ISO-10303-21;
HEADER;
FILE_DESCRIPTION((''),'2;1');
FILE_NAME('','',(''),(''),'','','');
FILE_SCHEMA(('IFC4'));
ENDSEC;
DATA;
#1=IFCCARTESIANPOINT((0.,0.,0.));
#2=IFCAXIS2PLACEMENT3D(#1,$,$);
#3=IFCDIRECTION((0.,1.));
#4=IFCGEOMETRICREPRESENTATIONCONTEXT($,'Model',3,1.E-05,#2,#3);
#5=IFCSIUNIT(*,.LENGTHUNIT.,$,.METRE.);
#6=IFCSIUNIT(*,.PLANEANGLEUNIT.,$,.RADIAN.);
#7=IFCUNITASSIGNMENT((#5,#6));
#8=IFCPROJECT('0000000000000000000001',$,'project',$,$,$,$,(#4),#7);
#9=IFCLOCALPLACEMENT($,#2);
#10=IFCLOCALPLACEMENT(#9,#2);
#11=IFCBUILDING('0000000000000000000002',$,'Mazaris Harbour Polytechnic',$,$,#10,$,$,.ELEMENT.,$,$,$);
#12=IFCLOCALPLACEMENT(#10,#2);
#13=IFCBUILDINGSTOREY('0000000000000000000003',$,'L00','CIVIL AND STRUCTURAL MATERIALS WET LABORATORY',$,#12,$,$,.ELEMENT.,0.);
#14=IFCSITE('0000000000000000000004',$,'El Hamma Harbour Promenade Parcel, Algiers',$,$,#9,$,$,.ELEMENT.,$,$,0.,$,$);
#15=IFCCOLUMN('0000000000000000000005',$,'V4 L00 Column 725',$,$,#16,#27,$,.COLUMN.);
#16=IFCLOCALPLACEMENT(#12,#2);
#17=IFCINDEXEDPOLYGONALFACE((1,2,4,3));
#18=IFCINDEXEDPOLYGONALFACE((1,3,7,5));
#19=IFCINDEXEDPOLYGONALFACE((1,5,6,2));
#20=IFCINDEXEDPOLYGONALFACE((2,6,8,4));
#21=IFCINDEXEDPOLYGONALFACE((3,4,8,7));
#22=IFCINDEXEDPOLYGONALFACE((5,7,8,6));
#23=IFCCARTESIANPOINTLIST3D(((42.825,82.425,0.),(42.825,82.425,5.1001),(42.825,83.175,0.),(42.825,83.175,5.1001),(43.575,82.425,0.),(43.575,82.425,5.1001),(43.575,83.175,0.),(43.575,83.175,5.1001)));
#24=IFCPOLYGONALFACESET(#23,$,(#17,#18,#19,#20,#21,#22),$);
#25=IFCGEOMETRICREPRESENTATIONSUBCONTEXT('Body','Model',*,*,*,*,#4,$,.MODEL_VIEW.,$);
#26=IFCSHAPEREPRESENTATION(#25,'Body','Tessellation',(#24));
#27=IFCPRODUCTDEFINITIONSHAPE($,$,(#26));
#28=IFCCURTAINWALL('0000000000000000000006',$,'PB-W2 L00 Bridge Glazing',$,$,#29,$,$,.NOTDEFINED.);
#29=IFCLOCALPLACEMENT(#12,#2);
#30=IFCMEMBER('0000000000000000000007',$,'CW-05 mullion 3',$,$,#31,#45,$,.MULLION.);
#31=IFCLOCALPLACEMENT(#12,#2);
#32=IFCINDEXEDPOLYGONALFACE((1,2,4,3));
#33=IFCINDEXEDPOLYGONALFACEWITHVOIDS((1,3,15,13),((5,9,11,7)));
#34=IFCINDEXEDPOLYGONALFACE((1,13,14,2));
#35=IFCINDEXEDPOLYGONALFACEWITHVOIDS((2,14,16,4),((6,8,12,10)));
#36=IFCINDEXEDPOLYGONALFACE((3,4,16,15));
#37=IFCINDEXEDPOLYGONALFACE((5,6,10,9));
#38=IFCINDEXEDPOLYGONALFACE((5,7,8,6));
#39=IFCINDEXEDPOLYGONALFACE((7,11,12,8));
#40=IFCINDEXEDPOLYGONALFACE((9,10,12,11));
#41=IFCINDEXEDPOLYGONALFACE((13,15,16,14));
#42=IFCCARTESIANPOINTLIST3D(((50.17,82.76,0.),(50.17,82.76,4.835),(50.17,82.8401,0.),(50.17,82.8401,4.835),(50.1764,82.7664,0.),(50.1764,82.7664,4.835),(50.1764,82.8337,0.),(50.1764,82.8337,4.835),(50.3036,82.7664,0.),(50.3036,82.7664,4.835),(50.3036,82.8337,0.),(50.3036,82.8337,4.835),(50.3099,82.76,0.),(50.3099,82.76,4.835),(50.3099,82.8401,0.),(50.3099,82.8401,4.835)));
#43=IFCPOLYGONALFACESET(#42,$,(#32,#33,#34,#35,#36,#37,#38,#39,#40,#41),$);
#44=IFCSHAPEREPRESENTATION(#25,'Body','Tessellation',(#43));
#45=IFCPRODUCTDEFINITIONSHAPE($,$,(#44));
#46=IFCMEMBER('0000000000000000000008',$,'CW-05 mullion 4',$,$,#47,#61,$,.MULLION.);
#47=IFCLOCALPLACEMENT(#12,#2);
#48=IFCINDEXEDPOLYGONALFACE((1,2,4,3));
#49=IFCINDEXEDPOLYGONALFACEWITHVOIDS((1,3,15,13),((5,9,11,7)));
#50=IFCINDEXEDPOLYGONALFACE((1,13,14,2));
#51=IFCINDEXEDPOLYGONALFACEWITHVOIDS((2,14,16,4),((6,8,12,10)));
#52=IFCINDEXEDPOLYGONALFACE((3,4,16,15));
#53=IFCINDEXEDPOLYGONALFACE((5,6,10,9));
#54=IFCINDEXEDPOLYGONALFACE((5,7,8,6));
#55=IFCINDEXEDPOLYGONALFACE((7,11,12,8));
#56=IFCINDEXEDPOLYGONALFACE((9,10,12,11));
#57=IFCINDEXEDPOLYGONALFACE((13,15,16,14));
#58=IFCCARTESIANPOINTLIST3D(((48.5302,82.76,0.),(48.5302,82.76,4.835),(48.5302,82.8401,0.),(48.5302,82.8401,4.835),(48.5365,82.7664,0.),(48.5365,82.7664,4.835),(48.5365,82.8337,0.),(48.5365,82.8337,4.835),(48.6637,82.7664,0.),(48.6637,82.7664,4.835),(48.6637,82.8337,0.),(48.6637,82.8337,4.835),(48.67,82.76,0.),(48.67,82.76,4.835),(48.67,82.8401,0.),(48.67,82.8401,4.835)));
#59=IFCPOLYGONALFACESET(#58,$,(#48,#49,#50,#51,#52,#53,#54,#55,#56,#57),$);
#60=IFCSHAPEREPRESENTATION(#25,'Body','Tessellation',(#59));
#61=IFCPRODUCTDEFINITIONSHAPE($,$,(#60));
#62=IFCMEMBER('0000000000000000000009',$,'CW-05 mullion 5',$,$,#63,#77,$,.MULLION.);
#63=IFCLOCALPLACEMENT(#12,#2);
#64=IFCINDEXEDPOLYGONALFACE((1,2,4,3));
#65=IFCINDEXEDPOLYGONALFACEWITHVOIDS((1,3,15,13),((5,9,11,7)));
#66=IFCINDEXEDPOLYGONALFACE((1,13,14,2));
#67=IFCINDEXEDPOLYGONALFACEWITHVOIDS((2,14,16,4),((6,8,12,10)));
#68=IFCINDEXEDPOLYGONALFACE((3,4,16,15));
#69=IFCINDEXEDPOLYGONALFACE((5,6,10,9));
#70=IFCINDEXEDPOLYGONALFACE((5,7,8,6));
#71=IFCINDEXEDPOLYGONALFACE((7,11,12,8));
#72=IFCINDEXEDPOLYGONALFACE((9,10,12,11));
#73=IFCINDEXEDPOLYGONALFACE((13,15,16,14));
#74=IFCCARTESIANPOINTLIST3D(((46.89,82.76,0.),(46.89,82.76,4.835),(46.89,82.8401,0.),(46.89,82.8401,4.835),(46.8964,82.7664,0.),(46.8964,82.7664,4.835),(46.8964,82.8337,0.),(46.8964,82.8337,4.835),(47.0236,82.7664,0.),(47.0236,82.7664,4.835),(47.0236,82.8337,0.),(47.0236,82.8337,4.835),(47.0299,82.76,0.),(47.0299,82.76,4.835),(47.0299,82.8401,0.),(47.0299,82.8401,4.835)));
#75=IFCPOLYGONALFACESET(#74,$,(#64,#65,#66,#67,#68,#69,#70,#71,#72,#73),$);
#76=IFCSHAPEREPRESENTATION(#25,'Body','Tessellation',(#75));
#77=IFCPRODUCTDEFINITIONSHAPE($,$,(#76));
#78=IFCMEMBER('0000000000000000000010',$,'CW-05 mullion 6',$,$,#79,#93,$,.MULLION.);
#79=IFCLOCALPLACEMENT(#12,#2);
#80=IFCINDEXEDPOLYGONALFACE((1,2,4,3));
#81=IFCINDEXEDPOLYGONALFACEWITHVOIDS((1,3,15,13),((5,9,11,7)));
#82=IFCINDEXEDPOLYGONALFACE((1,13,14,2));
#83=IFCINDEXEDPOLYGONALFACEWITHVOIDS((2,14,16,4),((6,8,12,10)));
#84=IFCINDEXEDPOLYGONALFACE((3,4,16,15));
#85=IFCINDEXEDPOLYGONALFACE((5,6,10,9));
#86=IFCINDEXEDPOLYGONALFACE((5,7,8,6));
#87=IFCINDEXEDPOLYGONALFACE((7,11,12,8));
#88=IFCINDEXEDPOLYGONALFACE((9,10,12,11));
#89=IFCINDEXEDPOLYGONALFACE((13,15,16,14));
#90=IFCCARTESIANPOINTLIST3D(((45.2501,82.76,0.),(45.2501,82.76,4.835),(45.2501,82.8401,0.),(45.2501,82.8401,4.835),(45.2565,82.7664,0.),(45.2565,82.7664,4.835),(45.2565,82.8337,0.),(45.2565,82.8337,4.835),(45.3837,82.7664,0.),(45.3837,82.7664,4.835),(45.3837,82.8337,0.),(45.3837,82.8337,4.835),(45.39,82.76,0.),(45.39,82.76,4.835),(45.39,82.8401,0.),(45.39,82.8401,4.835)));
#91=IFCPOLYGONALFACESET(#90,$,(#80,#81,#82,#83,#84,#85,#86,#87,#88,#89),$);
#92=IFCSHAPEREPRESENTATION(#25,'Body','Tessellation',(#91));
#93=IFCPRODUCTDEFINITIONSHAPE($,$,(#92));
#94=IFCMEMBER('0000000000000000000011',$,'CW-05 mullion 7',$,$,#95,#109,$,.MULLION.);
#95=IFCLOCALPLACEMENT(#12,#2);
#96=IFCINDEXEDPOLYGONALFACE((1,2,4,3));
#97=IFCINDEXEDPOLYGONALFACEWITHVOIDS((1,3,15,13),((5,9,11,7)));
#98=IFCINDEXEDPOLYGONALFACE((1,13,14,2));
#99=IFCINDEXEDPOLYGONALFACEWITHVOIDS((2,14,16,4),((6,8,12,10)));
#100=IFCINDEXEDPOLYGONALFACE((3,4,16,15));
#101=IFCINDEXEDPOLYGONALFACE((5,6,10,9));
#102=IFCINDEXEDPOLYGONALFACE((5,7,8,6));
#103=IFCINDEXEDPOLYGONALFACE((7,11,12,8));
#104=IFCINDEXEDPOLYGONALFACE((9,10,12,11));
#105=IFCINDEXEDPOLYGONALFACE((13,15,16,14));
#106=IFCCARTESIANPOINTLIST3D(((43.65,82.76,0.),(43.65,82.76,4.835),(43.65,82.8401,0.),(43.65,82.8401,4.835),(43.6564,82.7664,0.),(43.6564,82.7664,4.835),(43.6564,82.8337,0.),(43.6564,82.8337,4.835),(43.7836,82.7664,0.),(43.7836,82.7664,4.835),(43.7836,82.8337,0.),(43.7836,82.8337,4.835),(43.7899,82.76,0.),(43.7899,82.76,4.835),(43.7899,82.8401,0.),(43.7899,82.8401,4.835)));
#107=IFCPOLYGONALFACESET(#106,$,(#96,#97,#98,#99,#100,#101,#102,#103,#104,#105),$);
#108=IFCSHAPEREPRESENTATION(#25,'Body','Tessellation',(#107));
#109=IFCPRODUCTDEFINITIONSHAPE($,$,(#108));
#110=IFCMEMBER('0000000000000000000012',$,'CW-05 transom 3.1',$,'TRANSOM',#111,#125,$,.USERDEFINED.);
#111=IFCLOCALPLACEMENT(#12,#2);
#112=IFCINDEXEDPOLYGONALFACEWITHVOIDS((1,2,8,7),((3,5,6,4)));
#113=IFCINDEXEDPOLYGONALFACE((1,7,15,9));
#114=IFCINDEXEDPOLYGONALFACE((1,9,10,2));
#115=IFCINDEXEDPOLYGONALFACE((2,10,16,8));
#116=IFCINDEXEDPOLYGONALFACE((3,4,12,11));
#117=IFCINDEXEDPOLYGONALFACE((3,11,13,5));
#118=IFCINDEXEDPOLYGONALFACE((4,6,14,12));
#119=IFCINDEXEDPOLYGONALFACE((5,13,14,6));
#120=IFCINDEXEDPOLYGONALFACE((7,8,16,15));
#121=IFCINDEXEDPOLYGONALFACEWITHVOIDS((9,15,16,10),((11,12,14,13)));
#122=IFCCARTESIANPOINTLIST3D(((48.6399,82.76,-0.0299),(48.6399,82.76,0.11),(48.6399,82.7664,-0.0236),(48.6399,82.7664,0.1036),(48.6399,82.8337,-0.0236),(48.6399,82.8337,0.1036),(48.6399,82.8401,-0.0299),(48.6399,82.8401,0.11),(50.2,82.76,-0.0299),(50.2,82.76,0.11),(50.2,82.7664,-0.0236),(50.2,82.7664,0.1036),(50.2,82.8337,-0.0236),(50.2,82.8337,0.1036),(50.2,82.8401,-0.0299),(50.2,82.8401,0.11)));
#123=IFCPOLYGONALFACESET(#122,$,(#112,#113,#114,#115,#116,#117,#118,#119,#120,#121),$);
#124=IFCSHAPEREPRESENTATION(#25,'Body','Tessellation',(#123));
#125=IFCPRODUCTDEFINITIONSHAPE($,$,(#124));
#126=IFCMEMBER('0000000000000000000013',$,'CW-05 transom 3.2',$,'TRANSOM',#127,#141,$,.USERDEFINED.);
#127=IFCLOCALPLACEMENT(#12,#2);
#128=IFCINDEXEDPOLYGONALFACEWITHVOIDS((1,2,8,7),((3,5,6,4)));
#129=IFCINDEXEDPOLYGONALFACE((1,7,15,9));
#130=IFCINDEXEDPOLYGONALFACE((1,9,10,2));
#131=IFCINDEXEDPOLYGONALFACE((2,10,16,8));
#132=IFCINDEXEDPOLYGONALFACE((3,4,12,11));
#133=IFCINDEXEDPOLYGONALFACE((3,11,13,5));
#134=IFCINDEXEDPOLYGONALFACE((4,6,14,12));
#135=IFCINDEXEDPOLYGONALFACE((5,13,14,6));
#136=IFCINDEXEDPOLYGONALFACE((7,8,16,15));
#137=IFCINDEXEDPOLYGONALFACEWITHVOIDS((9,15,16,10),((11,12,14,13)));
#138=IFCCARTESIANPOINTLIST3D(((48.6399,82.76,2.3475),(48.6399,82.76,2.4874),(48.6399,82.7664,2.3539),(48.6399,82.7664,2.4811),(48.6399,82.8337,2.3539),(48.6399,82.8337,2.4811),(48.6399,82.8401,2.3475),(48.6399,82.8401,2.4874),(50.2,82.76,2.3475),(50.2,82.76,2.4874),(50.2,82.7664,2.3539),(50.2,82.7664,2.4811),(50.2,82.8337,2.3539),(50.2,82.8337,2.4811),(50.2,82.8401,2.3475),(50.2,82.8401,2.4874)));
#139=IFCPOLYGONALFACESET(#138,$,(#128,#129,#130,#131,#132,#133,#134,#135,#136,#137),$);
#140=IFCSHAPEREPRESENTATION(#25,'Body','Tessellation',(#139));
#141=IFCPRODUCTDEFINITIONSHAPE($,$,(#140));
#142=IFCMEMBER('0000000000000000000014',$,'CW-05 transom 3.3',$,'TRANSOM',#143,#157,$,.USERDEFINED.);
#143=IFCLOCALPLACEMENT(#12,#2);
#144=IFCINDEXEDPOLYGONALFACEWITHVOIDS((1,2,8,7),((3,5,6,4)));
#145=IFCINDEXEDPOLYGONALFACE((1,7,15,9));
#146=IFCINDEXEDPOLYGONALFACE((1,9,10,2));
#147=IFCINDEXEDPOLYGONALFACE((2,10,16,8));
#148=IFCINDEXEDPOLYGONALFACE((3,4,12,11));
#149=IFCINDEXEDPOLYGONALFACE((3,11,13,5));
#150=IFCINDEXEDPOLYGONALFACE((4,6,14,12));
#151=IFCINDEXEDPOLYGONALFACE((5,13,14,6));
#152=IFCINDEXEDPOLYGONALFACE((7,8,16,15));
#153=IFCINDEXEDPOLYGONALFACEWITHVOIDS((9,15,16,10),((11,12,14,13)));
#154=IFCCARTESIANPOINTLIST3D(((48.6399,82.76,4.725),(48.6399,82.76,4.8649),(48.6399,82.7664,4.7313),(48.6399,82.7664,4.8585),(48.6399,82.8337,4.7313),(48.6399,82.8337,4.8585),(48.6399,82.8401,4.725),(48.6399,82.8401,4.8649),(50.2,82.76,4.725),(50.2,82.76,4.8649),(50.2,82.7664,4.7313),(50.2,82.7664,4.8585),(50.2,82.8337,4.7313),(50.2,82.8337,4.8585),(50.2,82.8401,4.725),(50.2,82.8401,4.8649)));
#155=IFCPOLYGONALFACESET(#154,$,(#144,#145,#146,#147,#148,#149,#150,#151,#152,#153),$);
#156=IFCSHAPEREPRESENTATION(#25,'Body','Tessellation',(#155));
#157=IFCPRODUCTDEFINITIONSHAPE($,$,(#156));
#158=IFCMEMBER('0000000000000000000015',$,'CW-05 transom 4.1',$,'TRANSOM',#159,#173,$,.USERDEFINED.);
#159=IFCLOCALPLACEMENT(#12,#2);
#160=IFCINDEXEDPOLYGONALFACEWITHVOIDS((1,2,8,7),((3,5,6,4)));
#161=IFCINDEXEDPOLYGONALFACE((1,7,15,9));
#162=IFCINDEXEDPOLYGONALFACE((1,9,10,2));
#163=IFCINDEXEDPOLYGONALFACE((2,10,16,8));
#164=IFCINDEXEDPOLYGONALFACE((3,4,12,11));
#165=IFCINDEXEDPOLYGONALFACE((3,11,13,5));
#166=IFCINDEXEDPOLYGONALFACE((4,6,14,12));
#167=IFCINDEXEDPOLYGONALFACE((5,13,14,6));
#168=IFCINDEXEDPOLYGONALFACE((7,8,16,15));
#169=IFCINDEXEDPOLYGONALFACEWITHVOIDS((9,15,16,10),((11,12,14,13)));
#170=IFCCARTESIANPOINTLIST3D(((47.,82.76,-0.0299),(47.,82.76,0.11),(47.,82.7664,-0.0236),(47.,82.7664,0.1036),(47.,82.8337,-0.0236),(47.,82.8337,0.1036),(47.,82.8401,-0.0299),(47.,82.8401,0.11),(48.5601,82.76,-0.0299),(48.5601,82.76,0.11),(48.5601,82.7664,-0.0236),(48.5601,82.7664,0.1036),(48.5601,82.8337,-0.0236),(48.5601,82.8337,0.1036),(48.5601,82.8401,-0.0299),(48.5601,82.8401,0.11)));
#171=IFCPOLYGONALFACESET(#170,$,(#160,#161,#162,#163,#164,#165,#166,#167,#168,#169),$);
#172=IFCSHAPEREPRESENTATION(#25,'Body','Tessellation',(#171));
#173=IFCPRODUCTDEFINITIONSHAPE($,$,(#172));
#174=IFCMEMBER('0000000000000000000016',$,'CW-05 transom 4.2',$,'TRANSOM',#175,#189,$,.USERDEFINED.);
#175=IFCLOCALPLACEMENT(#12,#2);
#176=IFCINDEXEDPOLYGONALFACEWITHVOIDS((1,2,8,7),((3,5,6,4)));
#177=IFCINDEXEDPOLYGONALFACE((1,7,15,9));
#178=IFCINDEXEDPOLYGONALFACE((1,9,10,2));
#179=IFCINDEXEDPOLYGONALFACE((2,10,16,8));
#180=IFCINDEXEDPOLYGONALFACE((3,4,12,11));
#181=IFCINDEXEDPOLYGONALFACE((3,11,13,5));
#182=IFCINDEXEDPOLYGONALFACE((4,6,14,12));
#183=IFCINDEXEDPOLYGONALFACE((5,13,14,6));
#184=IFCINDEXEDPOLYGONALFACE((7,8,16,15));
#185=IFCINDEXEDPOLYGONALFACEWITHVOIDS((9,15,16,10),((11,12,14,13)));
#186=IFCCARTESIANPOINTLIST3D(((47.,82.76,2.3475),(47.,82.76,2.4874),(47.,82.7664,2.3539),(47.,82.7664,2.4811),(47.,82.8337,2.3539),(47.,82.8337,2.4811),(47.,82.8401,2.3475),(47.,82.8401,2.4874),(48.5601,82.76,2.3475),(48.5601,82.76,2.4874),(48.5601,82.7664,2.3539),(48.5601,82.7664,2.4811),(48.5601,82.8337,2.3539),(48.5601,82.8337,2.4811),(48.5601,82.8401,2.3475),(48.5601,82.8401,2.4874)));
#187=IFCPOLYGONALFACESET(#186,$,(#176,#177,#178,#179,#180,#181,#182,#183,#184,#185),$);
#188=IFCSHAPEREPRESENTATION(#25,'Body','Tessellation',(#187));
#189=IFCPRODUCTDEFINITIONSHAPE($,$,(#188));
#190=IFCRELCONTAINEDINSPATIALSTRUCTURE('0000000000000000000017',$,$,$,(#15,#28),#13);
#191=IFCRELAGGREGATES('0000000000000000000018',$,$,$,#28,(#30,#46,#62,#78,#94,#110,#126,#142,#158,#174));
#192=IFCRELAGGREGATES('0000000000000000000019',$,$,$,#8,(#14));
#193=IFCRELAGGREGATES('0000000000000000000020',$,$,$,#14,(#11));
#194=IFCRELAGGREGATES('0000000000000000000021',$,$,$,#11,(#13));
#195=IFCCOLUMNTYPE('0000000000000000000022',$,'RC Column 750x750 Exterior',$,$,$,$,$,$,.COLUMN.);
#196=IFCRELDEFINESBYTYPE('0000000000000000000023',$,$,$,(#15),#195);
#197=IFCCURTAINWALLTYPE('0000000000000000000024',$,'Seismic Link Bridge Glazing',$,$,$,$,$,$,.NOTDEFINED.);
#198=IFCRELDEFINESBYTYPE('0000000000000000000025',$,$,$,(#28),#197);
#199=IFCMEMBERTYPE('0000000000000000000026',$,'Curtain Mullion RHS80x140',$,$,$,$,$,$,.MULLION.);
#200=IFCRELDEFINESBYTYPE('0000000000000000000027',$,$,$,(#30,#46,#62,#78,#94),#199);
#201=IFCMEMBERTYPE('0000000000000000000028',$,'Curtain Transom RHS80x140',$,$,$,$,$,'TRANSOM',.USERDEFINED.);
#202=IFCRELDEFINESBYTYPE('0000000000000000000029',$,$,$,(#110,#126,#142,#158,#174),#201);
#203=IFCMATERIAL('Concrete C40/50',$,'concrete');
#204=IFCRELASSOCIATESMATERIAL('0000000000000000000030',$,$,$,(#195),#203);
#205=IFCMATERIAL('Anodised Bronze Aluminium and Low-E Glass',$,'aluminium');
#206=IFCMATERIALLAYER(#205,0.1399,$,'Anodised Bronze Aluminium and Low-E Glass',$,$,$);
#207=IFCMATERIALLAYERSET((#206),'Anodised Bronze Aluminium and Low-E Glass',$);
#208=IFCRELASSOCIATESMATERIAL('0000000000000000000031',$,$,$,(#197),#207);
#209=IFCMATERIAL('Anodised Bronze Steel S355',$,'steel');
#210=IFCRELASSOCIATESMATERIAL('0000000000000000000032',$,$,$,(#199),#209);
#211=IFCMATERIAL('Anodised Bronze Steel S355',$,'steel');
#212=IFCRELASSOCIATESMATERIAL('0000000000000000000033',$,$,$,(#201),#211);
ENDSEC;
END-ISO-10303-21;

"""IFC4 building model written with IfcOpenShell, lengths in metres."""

from ifc_helpers import new_model, si_unit, direction, frame, origin, origin_2d, place, context, subcontext, project, spatial, rectangle, hollow_rectangle, extrude, material, layer, layer_set, material_profile, profile_set, type_object, element, aggregate, save


model = new_model("IFC4")

# Units and contexts
model_context = context("Model", 3, precision=1e-05, world=origin(), true_north=direction((0.0, 1.0)))
body_context = subcontext(model_context, "Body", "Model", "MODEL_VIEW")
ifc_project = project(units=[si_unit("LENGTHUNIT", "METRE"), si_unit("PLANEANGLEUNIT", "RADIAN")], contexts=[model_context])

# Site, building, storey
site_placement = place(None, origin())
site = spatial("IfcSite", under=ifc_project, at=site_placement, Name="El Hamma Harbour Promenade Parcel, Algiers", CompositionType="ELEMENT", RefElevation=0.0)
building_placement = place(site_placement, origin())
building = spatial("IfcBuilding", under=site, at=building_placement, Name="Mazaris Harbour Polytechnic", CompositionType="ELEMENT")
storey_placement = place(building_placement, origin())
storey = spatial("IfcBuildingStorey", under=building, at=storey_placement, Name="L00", Description="CIVIL AND STRUCTURAL MATERIALS WET LABORATORY", CompositionType="ELEMENT", Elevation=0.0)

# Column
ifc_material_1 = material(Name="Concrete C40/50", Category="concrete")
ifc_material_profile_1 = material_profile(ifc_material_1, rectangle(XDim=0.75, YDim=0.75, at=origin_2d()), Name="RECT750x750")
ifc_profile_set_1 = profile_set([ifc_material_profile_1], Name="Concrete C40/50")
column_type = type_object("IfcColumnType", Name="RC Column 750x750 Exterior", PredefinedType="COLUMN", material=ifc_profile_set_1)
column_placement = place(storey_placement, frame((43.2, 82.8, 0.0), z_axis=(0.0, 0.0, 1.0), x_axis=(1.0, 0.0, 0.0)))
element("IfcColumn", 1, at=column_placement, inside=storey, type_object=column_type, Name="V4 L00 Column 725", PredefinedType="COLUMN", context=body_context, shape_type="SweptSolid", body=[
    extrude(rectangle(XDim=0.75, YDim=0.75, at=origin_2d()), origin(), (0.0, 0.0, 1.0), 5.1001),
])

# Curtain wall, members
ifc_material_2 = material(Name="Anodised Bronze Aluminium and Low-E Glass", Category="aluminium")
ifc_layer_1 = layer(ifc_material_2, 0.1399, Name="Anodised Bronze Aluminium and Low-E Glass")
ifc_layer_set_1 = layer_set([ifc_layer_1], Name="Anodised Bronze Aluminium and Low-E Glass")
curtain_wall_type = type_object("IfcCurtainWallType", Name="Seismic Link Bridge Glazing", PredefinedType="NOTDEFINED", material=ifc_layer_set_1)
curtain_wall_placement = place(storey_placement, origin())
curtain_wall = element("IfcCurtainWall", 2, at=curtain_wall_placement, inside=storey, type_object=curtain_wall_type, Name="PB-W2 L00 Bridge Glazing", PredefinedType="NOTDEFINED")
ifc_material_3 = material(Name="Anodised Bronze Steel S355", Category="steel")
ifc_material_profile_2 = material_profile(ifc_material_3, hollow_rectangle(XDim=0.0801, YDim=0.1399, WallThickness=0.0063, at=origin_2d()), Name="RHS 80x140x6.3")
ifc_profile_set_2 = profile_set([ifc_material_profile_2], Name="Anodised Bronze Steel S355")
member_type_1 = type_object("IfcMemberType", Name="Curtain Mullion RHS80x140", PredefinedType="MULLION", material=ifc_profile_set_2)
member_1_placement = place(storey_placement, frame((50.24, 82.8, 0.0), z_axis=(0.0, 0.0, 1.0), x_axis=(0.0, -1.0, 0.0)))
member_1 = element("IfcMember", 3, at=member_1_placement, type_object=member_type_1, Name="CW-05 mullion 3", PredefinedType="MULLION", context=body_context, shape_type="SweptSolid", body=[
    extrude(hollow_rectangle(XDim=0.0801, YDim=0.1399, WallThickness=0.0063, at=origin_2d()), origin(), (0.0, 0.0, 1.0), 4.835),
])
member_2_placement = place(storey_placement, frame((48.6001, 82.8, 0.0), z_axis=(0.0, 0.0, 1.0), x_axis=(0.0, -1.0, 0.0)))
member_2 = element("IfcMember", 4, at=member_2_placement, type_object=member_type_1, Name="CW-05 mullion 4", PredefinedType="MULLION", context=body_context, shape_type="SweptSolid", body=[
    extrude(hollow_rectangle(XDim=0.0801, YDim=0.1399, WallThickness=0.0063, at=origin_2d()), origin(), (0.0, 0.0, 1.0), 4.835),
])
member_3_placement = place(storey_placement, frame((46.96, 82.8, 0.0), z_axis=(0.0, 0.0, 1.0), x_axis=(0.0, -1.0, 0.0)))
member_3 = element("IfcMember", 5, at=member_3_placement, type_object=member_type_1, Name="CW-05 mullion 5", PredefinedType="MULLION", context=body_context, shape_type="SweptSolid", body=[
    extrude(hollow_rectangle(XDim=0.0801, YDim=0.1399, WallThickness=0.0063, at=origin_2d()), origin(), (0.0, 0.0, 1.0), 4.835),
])
member_4_placement = place(storey_placement, frame((45.3201, 82.8, 0.0), z_axis=(0.0, 0.0, 1.0), x_axis=(0.0, -1.0, 0.0)))
member_4 = element("IfcMember", 6, at=member_4_placement, type_object=member_type_1, Name="CW-05 mullion 6", PredefinedType="MULLION", context=body_context, shape_type="SweptSolid", body=[
    extrude(hollow_rectangle(XDim=0.0801, YDim=0.1399, WallThickness=0.0063, at=origin_2d()), origin(), (0.0, 0.0, 1.0), 4.835),
])
member_5_placement = place(storey_placement, frame((43.72, 82.8, 0.0), z_axis=(0.0, 0.0, 1.0), x_axis=(0.0, -1.0, 0.0)))
member_5 = element("IfcMember", 7, at=member_5_placement, type_object=member_type_1, Name="CW-05 mullion 7", PredefinedType="MULLION", context=body_context, shape_type="SweptSolid", body=[
    extrude(hollow_rectangle(XDim=0.0801, YDim=0.1399, WallThickness=0.0063, at=origin_2d()), origin(), (0.0, 0.0, 1.0), 4.835),
])
ifc_material_4 = material(Name="Anodised Bronze Steel S355", Category="steel")
ifc_material_profile_3 = material_profile(ifc_material_4, hollow_rectangle(XDim=0.0801, YDim=0.1399, WallThickness=0.0063, at=origin_2d()), Name="RHS 80x140x6.3")
ifc_profile_set_3 = profile_set([ifc_material_profile_3], Name="Anodised Bronze Steel S355")
member_type_2 = type_object("IfcMemberType", Name="Curtain Transom RHS80x140", ElementType="TRANSOM", PredefinedType="USERDEFINED", material=ifc_profile_set_3)
member_6_placement = place(storey_placement, frame((50.2, 82.8, 0.04), z_axis=(-1.0, 0.0, 0.0), x_axis=(0.0, -1.0, 0.0)))
member_6 = element("IfcMember", 8, at=member_6_placement, type_object=member_type_2, Name="CW-05 transom 3.1", ObjectType="TRANSOM", PredefinedType="USERDEFINED", context=body_context, shape_type="SweptSolid", body=[
    extrude(hollow_rectangle(XDim=0.0801, YDim=0.1399, WallThickness=0.0063, at=origin_2d()), origin(), (0.0, 0.0, 1.0), 1.5601),
])
member_7_placement = place(storey_placement, frame((50.2, 82.8, 2.4175), z_axis=(-1.0, 0.0, 0.0), x_axis=(0.0, -1.0, 0.0)))
member_7 = element("IfcMember", 9, at=member_7_placement, type_object=member_type_2, Name="CW-05 transom 3.2", ObjectType="TRANSOM", PredefinedType="USERDEFINED", context=body_context, shape_type="SweptSolid", body=[
    extrude(hollow_rectangle(XDim=0.0801, YDim=0.1399, WallThickness=0.0063, at=origin_2d()), origin(), (0.0, 0.0, 1.0), 1.5601),
])
member_8_placement = place(storey_placement, frame((50.2, 82.8, 4.7949), z_axis=(-1.0, 0.0, 0.0), x_axis=(0.0, -1.0, 0.0)))
member_8 = element("IfcMember", 10, at=member_8_placement, type_object=member_type_2, Name="CW-05 transom 3.3", ObjectType="TRANSOM", PredefinedType="USERDEFINED", context=body_context, shape_type="SweptSolid", body=[
    extrude(hollow_rectangle(XDim=0.0801, YDim=0.1399, WallThickness=0.0063, at=origin_2d()), origin(), (0.0, 0.0, 1.0), 1.5601),
])
member_9_placement = place(storey_placement, frame((48.5601, 82.8, 0.04), z_axis=(-1.0, 0.0, 0.0), x_axis=(0.0, -1.0, 0.0)))
member_9 = element("IfcMember", 11, at=member_9_placement, type_object=member_type_2, Name="CW-05 transom 4.1", ObjectType="TRANSOM", PredefinedType="USERDEFINED", context=body_context, shape_type="SweptSolid", body=[
    extrude(hollow_rectangle(XDim=0.0801, YDim=0.1399, WallThickness=0.0063, at=origin_2d()), origin(), (0.0, 0.0, 1.0), 1.5601),
])
member_10_placement = place(storey_placement, frame((48.5601, 82.8, 2.4175), z_axis=(-1.0, 0.0, 0.0), x_axis=(0.0, -1.0, 0.0)))
member_10 = element("IfcMember", 12, at=member_10_placement, type_object=member_type_2, Name="CW-05 transom 4.2", ObjectType="TRANSOM", PredefinedType="USERDEFINED", context=body_context, shape_type="SweptSolid", body=[
    extrude(hollow_rectangle(XDim=0.0801, YDim=0.1399, WallThickness=0.0063, at=origin_2d()), origin(), (0.0, 0.0, 1.0), 1.5601),
])

aggregate(curtain_wall, [member_1, member_2, member_3, member_4, member_5, member_6, member_7, member_8, member_9, member_10])

save(model, "model.ifc")
